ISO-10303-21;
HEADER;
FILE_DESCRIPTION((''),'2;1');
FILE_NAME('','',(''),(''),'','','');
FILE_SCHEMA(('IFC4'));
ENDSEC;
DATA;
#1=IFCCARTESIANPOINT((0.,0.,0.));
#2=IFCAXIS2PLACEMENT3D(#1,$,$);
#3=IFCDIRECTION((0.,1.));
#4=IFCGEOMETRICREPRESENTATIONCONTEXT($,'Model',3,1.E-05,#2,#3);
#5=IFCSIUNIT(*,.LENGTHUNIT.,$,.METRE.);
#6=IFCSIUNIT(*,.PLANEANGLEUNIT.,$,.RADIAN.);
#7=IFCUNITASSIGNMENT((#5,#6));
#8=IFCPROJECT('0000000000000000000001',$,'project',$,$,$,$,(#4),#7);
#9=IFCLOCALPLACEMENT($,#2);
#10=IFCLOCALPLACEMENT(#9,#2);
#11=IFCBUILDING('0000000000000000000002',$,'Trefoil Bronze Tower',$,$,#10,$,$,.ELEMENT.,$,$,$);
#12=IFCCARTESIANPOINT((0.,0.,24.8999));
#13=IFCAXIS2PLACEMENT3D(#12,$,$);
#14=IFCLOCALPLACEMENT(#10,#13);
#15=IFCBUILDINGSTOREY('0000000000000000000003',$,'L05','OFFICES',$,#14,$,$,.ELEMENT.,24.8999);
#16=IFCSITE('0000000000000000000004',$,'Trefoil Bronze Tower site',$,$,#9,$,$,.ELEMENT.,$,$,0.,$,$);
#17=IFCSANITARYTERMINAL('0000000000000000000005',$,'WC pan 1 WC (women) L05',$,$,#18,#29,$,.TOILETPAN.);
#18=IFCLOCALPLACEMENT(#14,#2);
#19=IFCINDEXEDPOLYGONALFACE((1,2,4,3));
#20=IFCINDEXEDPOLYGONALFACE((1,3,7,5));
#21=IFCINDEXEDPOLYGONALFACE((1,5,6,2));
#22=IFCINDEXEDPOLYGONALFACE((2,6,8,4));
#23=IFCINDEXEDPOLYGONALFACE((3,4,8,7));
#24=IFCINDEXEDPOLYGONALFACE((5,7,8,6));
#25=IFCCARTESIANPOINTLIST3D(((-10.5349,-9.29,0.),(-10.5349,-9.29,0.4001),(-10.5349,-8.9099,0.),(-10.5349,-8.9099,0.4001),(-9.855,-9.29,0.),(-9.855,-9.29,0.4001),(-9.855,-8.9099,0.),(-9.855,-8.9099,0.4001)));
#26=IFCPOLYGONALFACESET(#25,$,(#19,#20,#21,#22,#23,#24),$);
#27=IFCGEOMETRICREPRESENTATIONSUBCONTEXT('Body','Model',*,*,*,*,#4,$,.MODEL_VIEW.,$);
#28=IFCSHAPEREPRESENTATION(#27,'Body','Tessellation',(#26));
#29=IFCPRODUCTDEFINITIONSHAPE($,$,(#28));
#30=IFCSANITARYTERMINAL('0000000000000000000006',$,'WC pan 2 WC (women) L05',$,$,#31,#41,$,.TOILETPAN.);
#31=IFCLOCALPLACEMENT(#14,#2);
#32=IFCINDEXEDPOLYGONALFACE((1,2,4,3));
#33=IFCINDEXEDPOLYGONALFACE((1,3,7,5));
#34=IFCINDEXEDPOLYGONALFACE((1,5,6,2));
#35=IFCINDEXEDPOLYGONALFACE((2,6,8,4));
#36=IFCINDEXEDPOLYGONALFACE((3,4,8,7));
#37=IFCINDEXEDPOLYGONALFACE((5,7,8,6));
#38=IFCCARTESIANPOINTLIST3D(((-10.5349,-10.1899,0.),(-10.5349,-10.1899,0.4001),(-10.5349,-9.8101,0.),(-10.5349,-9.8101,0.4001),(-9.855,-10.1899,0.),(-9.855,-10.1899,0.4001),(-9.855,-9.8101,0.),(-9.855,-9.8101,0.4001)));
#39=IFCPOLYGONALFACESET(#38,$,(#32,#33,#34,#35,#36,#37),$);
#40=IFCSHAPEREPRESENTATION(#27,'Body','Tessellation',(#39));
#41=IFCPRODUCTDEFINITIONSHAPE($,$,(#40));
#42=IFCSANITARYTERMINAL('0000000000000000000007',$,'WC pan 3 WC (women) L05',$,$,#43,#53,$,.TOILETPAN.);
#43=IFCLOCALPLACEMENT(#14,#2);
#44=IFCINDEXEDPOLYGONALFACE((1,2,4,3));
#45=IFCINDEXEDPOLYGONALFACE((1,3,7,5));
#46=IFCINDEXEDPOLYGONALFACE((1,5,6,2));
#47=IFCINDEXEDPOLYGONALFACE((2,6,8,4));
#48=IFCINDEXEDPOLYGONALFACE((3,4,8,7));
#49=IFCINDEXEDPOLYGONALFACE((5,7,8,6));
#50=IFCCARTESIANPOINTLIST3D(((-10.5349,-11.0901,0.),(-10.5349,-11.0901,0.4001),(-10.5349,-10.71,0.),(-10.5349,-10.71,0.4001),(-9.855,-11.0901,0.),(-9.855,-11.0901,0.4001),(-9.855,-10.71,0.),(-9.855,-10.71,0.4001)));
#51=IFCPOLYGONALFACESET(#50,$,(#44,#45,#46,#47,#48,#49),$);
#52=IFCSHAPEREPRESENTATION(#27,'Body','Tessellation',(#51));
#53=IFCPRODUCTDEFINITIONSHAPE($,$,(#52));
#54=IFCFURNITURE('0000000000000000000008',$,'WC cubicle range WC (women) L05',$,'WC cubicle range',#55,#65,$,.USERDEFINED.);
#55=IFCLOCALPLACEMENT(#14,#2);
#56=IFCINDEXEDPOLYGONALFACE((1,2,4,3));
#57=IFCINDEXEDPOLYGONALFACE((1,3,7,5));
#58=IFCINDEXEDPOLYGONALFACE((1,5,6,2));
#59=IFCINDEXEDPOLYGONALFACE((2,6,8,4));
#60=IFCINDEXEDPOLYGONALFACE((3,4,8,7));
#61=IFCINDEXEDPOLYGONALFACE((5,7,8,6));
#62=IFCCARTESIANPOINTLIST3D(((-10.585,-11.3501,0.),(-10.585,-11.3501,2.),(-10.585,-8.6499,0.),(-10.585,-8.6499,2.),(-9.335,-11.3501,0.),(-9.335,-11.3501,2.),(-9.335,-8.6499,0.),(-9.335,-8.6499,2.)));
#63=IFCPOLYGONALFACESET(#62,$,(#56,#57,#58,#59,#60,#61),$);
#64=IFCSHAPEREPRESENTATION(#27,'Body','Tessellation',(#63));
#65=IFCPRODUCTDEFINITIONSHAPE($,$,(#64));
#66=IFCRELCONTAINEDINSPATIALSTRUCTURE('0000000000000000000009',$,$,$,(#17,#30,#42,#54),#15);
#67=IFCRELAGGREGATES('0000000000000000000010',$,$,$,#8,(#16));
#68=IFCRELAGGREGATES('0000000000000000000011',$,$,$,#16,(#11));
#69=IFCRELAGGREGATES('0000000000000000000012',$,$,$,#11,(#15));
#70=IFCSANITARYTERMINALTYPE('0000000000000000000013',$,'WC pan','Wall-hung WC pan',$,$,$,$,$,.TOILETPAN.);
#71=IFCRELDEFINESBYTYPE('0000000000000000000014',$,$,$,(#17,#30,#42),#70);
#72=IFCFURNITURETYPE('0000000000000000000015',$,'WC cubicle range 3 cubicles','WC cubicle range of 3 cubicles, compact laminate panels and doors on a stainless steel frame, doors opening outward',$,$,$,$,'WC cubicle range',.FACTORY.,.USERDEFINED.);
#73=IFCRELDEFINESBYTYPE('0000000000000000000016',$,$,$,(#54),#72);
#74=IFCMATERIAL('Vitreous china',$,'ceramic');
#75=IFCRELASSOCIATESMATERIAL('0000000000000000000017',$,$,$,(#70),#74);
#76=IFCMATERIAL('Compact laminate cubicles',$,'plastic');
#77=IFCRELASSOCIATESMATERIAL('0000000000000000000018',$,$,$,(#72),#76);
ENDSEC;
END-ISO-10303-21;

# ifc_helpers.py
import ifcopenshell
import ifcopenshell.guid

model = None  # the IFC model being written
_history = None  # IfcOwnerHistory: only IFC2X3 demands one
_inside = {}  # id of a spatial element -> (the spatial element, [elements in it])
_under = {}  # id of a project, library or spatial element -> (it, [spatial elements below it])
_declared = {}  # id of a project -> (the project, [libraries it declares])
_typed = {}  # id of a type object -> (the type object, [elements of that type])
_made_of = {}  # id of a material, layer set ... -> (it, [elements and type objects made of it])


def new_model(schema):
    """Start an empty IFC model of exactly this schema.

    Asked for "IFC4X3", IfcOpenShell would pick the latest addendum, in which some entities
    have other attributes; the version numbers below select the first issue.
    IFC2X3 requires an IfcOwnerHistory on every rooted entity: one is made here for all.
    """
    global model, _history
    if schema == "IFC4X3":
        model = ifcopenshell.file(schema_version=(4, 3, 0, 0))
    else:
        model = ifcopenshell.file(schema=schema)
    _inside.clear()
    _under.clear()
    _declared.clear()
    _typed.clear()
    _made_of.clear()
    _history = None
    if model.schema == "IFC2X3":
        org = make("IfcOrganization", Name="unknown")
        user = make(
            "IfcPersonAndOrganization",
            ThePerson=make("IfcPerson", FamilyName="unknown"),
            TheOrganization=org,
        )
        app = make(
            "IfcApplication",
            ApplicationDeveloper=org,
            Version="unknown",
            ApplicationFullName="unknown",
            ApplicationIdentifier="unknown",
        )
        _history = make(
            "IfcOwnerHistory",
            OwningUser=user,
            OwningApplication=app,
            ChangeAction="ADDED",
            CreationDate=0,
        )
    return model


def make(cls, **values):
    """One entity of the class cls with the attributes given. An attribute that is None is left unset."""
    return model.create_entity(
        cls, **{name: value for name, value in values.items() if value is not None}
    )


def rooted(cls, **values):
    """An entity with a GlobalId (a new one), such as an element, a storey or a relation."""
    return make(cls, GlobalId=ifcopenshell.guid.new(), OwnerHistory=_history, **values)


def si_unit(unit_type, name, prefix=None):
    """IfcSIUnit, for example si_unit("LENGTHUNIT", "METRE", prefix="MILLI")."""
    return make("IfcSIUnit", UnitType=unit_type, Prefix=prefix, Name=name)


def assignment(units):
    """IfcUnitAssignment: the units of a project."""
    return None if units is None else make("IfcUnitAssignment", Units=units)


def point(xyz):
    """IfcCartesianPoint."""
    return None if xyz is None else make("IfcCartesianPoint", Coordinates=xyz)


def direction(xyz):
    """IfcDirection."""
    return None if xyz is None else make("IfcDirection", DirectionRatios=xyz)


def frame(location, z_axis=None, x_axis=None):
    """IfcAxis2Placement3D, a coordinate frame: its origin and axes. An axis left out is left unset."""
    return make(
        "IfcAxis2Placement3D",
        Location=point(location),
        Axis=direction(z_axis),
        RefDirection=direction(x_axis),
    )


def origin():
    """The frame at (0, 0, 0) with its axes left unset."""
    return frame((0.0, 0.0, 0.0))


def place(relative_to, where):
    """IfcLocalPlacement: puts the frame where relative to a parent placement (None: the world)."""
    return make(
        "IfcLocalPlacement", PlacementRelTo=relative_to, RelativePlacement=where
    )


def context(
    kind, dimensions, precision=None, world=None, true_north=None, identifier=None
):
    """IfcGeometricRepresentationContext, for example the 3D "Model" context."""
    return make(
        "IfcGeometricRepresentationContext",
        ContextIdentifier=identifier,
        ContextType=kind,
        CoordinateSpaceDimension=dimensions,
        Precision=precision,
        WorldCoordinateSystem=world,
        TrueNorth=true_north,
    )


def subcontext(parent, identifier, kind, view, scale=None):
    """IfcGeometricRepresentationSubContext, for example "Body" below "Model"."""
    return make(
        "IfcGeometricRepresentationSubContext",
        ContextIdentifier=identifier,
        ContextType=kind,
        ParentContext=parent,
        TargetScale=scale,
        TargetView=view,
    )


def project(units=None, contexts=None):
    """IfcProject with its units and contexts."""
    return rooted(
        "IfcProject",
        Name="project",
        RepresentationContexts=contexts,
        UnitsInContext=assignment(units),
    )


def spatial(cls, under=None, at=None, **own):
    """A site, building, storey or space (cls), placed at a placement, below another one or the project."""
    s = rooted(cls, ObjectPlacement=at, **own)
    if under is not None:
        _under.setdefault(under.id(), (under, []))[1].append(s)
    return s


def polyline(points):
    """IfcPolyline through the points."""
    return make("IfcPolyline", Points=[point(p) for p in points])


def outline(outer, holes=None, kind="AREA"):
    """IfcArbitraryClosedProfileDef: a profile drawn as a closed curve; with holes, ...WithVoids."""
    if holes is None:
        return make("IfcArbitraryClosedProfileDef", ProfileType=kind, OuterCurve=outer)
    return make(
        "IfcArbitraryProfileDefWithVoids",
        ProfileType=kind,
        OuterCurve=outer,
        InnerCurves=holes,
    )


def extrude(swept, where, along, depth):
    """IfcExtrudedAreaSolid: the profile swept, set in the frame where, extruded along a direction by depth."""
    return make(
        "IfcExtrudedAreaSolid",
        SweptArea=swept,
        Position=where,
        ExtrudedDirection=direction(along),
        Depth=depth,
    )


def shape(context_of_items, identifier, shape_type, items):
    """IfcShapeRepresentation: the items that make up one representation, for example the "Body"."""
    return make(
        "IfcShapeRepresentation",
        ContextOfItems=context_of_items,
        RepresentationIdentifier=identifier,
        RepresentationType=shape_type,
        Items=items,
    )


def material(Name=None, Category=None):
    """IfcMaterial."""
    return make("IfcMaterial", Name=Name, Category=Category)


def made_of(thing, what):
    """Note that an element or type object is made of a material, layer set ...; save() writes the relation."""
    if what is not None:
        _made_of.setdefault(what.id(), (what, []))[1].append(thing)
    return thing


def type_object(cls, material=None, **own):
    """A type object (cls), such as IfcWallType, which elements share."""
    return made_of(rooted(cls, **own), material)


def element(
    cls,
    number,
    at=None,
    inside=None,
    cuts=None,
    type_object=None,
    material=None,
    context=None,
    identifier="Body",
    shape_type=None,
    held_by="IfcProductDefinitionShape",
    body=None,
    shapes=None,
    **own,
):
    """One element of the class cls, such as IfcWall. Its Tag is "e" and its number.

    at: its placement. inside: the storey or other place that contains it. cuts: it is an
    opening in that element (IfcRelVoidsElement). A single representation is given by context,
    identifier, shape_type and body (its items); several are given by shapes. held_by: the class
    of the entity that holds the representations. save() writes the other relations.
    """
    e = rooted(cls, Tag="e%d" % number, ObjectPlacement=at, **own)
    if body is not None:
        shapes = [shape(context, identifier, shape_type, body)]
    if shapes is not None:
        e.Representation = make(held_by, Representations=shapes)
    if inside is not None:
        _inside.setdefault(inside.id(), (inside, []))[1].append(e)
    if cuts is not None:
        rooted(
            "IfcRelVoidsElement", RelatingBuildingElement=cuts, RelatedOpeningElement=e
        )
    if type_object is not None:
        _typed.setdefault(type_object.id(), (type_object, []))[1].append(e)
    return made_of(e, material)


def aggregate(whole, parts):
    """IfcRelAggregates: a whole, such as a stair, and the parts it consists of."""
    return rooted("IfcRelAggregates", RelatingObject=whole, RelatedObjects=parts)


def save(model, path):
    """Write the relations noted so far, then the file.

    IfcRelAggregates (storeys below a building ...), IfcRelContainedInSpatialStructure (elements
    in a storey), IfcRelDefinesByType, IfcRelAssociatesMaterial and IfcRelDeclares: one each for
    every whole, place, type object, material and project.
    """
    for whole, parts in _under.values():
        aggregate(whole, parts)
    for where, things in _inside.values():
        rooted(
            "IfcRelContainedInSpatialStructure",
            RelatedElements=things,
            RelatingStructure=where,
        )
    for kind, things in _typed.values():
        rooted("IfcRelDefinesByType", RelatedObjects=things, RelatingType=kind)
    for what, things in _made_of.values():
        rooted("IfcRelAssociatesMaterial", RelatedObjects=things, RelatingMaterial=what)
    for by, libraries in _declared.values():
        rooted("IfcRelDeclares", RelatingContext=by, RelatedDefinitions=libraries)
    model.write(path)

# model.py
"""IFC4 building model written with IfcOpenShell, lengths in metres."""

from ifc_helpers import new_model, si_unit, direction, frame, origin, place, context, subcontext, project, spatial, polyline, outline, extrude, material, type_object, element, save


model = new_model("IFC4")

# Units and contexts
model_context = context("Model", 3, precision=1e-05, world=origin(), true_north=direction((0.0, 1.0)))
body_context = subcontext(model_context, "Body", "Model", "MODEL_VIEW")
ifc_project = project(units=[si_unit("LENGTHUNIT", "METRE"), si_unit("PLANEANGLEUNIT", "RADIAN")], contexts=[model_context])

# Site, building, storey
site_placement = place(None, origin())
site = spatial("IfcSite", under=ifc_project, at=site_placement, Name="Trefoil Bronze Tower site", CompositionType="ELEMENT", RefElevation=0.0)
building_placement = place(site_placement, origin())
building = spatial("IfcBuilding", under=site, at=building_placement, Name="Trefoil Bronze Tower", CompositionType="ELEMENT")
storey_placement = place(building_placement, frame((0.0, 0.0, 24.8999)))
storey = spatial("IfcBuildingStorey", under=building, at=storey_placement, Name="L05", Description="OFFICES", CompositionType="ELEMENT", Elevation=24.8999)

# Sanitary terminals
ifc_material_1 = material(Name="Vitreous china", Category="ceramic")
sanitary_terminal_type_1 = type_object("IfcSanitaryTerminalType", Name="WC pan", Description="Wall-hung WC pan", PredefinedType="TOILETPAN", material=ifc_material_1)
sanitary_terminal_1_placement = place(storey_placement, origin())
element("IfcSanitaryTerminal", 1, at=sanitary_terminal_1_placement, inside=storey, type_object=sanitary_terminal_type_1, Name="WC pan 1 WC (women) L05", PredefinedType="TOILETPAN", context=body_context, shape_type="SweptSolid", body=[
    extrude(outline(polyline([(-9.855, -8.9099), (-10.5349, -8.9099), (-10.5349, -9.29), (-9.855, -9.29), (-9.855, -8.9099)])), origin(), (0.0, 0.0, 1.0), 0.4001),
])
sanitary_terminal_2_placement = place(storey_placement, origin())
element("IfcSanitaryTerminal", 2, at=sanitary_terminal_2_placement, inside=storey, type_object=sanitary_terminal_type_1, Name="WC pan 2 WC (women) L05", PredefinedType="TOILETPAN", context=body_context, shape_type="SweptSolid", body=[
    extrude(outline(polyline([(-9.855, -9.8101), (-10.5349, -9.8101), (-10.5349, -10.1899), (-9.855, -10.1899), (-9.855, -9.8101)])), origin(), (0.0, 0.0, 1.0), 0.4001),
])
sanitary_terminal_3_placement = place(storey_placement, origin())
element("IfcSanitaryTerminal", 3, at=sanitary_terminal_3_placement, inside=storey, type_object=sanitary_terminal_type_1, Name="WC pan 3 WC (women) L05", PredefinedType="TOILETPAN", context=body_context, shape_type="SweptSolid", body=[
    extrude(outline(polyline([(-9.855, -10.71), (-10.5349, -10.71), (-10.5349, -11.0901), (-9.855, -11.0901), (-9.855, -10.71)])), origin(), (0.0, 0.0, 1.0), 0.4001),
])

# Furniture
ifc_material_2 = material(Name="Compact laminate cubicles", Category="plastic")
furniture_type = type_object("IfcFurnitureType", Name="WC cubicle range 3 cubicles", Description="WC cubicle range of 3 cubicles, compact laminate panels and doors on a stainless steel frame, doors opening outward", ElementType="WC cubicle range", AssemblyPlace="FACTORY", PredefinedType="USERDEFINED", material=ifc_material_2)
furniture_placement = place(storey_placement, origin())
element("IfcFurniture", 4, at=furniture_placement, inside=storey, type_object=furniture_type, Name="WC cubicle range WC (women) L05", ObjectType="WC cubicle range", PredefinedType="USERDEFINED", context=body_context, shape_type="SweptSolid", body=[
    extrude(outline(polyline([(-9.335, -8.6499), (-10.585, -8.6499), (-10.585, -11.3501), (-9.335, -11.3501), (-9.335, -8.6499)])), origin(), (0.0, 0.0, 1.0), 2.0),
])

save(model, "model.ifc")
